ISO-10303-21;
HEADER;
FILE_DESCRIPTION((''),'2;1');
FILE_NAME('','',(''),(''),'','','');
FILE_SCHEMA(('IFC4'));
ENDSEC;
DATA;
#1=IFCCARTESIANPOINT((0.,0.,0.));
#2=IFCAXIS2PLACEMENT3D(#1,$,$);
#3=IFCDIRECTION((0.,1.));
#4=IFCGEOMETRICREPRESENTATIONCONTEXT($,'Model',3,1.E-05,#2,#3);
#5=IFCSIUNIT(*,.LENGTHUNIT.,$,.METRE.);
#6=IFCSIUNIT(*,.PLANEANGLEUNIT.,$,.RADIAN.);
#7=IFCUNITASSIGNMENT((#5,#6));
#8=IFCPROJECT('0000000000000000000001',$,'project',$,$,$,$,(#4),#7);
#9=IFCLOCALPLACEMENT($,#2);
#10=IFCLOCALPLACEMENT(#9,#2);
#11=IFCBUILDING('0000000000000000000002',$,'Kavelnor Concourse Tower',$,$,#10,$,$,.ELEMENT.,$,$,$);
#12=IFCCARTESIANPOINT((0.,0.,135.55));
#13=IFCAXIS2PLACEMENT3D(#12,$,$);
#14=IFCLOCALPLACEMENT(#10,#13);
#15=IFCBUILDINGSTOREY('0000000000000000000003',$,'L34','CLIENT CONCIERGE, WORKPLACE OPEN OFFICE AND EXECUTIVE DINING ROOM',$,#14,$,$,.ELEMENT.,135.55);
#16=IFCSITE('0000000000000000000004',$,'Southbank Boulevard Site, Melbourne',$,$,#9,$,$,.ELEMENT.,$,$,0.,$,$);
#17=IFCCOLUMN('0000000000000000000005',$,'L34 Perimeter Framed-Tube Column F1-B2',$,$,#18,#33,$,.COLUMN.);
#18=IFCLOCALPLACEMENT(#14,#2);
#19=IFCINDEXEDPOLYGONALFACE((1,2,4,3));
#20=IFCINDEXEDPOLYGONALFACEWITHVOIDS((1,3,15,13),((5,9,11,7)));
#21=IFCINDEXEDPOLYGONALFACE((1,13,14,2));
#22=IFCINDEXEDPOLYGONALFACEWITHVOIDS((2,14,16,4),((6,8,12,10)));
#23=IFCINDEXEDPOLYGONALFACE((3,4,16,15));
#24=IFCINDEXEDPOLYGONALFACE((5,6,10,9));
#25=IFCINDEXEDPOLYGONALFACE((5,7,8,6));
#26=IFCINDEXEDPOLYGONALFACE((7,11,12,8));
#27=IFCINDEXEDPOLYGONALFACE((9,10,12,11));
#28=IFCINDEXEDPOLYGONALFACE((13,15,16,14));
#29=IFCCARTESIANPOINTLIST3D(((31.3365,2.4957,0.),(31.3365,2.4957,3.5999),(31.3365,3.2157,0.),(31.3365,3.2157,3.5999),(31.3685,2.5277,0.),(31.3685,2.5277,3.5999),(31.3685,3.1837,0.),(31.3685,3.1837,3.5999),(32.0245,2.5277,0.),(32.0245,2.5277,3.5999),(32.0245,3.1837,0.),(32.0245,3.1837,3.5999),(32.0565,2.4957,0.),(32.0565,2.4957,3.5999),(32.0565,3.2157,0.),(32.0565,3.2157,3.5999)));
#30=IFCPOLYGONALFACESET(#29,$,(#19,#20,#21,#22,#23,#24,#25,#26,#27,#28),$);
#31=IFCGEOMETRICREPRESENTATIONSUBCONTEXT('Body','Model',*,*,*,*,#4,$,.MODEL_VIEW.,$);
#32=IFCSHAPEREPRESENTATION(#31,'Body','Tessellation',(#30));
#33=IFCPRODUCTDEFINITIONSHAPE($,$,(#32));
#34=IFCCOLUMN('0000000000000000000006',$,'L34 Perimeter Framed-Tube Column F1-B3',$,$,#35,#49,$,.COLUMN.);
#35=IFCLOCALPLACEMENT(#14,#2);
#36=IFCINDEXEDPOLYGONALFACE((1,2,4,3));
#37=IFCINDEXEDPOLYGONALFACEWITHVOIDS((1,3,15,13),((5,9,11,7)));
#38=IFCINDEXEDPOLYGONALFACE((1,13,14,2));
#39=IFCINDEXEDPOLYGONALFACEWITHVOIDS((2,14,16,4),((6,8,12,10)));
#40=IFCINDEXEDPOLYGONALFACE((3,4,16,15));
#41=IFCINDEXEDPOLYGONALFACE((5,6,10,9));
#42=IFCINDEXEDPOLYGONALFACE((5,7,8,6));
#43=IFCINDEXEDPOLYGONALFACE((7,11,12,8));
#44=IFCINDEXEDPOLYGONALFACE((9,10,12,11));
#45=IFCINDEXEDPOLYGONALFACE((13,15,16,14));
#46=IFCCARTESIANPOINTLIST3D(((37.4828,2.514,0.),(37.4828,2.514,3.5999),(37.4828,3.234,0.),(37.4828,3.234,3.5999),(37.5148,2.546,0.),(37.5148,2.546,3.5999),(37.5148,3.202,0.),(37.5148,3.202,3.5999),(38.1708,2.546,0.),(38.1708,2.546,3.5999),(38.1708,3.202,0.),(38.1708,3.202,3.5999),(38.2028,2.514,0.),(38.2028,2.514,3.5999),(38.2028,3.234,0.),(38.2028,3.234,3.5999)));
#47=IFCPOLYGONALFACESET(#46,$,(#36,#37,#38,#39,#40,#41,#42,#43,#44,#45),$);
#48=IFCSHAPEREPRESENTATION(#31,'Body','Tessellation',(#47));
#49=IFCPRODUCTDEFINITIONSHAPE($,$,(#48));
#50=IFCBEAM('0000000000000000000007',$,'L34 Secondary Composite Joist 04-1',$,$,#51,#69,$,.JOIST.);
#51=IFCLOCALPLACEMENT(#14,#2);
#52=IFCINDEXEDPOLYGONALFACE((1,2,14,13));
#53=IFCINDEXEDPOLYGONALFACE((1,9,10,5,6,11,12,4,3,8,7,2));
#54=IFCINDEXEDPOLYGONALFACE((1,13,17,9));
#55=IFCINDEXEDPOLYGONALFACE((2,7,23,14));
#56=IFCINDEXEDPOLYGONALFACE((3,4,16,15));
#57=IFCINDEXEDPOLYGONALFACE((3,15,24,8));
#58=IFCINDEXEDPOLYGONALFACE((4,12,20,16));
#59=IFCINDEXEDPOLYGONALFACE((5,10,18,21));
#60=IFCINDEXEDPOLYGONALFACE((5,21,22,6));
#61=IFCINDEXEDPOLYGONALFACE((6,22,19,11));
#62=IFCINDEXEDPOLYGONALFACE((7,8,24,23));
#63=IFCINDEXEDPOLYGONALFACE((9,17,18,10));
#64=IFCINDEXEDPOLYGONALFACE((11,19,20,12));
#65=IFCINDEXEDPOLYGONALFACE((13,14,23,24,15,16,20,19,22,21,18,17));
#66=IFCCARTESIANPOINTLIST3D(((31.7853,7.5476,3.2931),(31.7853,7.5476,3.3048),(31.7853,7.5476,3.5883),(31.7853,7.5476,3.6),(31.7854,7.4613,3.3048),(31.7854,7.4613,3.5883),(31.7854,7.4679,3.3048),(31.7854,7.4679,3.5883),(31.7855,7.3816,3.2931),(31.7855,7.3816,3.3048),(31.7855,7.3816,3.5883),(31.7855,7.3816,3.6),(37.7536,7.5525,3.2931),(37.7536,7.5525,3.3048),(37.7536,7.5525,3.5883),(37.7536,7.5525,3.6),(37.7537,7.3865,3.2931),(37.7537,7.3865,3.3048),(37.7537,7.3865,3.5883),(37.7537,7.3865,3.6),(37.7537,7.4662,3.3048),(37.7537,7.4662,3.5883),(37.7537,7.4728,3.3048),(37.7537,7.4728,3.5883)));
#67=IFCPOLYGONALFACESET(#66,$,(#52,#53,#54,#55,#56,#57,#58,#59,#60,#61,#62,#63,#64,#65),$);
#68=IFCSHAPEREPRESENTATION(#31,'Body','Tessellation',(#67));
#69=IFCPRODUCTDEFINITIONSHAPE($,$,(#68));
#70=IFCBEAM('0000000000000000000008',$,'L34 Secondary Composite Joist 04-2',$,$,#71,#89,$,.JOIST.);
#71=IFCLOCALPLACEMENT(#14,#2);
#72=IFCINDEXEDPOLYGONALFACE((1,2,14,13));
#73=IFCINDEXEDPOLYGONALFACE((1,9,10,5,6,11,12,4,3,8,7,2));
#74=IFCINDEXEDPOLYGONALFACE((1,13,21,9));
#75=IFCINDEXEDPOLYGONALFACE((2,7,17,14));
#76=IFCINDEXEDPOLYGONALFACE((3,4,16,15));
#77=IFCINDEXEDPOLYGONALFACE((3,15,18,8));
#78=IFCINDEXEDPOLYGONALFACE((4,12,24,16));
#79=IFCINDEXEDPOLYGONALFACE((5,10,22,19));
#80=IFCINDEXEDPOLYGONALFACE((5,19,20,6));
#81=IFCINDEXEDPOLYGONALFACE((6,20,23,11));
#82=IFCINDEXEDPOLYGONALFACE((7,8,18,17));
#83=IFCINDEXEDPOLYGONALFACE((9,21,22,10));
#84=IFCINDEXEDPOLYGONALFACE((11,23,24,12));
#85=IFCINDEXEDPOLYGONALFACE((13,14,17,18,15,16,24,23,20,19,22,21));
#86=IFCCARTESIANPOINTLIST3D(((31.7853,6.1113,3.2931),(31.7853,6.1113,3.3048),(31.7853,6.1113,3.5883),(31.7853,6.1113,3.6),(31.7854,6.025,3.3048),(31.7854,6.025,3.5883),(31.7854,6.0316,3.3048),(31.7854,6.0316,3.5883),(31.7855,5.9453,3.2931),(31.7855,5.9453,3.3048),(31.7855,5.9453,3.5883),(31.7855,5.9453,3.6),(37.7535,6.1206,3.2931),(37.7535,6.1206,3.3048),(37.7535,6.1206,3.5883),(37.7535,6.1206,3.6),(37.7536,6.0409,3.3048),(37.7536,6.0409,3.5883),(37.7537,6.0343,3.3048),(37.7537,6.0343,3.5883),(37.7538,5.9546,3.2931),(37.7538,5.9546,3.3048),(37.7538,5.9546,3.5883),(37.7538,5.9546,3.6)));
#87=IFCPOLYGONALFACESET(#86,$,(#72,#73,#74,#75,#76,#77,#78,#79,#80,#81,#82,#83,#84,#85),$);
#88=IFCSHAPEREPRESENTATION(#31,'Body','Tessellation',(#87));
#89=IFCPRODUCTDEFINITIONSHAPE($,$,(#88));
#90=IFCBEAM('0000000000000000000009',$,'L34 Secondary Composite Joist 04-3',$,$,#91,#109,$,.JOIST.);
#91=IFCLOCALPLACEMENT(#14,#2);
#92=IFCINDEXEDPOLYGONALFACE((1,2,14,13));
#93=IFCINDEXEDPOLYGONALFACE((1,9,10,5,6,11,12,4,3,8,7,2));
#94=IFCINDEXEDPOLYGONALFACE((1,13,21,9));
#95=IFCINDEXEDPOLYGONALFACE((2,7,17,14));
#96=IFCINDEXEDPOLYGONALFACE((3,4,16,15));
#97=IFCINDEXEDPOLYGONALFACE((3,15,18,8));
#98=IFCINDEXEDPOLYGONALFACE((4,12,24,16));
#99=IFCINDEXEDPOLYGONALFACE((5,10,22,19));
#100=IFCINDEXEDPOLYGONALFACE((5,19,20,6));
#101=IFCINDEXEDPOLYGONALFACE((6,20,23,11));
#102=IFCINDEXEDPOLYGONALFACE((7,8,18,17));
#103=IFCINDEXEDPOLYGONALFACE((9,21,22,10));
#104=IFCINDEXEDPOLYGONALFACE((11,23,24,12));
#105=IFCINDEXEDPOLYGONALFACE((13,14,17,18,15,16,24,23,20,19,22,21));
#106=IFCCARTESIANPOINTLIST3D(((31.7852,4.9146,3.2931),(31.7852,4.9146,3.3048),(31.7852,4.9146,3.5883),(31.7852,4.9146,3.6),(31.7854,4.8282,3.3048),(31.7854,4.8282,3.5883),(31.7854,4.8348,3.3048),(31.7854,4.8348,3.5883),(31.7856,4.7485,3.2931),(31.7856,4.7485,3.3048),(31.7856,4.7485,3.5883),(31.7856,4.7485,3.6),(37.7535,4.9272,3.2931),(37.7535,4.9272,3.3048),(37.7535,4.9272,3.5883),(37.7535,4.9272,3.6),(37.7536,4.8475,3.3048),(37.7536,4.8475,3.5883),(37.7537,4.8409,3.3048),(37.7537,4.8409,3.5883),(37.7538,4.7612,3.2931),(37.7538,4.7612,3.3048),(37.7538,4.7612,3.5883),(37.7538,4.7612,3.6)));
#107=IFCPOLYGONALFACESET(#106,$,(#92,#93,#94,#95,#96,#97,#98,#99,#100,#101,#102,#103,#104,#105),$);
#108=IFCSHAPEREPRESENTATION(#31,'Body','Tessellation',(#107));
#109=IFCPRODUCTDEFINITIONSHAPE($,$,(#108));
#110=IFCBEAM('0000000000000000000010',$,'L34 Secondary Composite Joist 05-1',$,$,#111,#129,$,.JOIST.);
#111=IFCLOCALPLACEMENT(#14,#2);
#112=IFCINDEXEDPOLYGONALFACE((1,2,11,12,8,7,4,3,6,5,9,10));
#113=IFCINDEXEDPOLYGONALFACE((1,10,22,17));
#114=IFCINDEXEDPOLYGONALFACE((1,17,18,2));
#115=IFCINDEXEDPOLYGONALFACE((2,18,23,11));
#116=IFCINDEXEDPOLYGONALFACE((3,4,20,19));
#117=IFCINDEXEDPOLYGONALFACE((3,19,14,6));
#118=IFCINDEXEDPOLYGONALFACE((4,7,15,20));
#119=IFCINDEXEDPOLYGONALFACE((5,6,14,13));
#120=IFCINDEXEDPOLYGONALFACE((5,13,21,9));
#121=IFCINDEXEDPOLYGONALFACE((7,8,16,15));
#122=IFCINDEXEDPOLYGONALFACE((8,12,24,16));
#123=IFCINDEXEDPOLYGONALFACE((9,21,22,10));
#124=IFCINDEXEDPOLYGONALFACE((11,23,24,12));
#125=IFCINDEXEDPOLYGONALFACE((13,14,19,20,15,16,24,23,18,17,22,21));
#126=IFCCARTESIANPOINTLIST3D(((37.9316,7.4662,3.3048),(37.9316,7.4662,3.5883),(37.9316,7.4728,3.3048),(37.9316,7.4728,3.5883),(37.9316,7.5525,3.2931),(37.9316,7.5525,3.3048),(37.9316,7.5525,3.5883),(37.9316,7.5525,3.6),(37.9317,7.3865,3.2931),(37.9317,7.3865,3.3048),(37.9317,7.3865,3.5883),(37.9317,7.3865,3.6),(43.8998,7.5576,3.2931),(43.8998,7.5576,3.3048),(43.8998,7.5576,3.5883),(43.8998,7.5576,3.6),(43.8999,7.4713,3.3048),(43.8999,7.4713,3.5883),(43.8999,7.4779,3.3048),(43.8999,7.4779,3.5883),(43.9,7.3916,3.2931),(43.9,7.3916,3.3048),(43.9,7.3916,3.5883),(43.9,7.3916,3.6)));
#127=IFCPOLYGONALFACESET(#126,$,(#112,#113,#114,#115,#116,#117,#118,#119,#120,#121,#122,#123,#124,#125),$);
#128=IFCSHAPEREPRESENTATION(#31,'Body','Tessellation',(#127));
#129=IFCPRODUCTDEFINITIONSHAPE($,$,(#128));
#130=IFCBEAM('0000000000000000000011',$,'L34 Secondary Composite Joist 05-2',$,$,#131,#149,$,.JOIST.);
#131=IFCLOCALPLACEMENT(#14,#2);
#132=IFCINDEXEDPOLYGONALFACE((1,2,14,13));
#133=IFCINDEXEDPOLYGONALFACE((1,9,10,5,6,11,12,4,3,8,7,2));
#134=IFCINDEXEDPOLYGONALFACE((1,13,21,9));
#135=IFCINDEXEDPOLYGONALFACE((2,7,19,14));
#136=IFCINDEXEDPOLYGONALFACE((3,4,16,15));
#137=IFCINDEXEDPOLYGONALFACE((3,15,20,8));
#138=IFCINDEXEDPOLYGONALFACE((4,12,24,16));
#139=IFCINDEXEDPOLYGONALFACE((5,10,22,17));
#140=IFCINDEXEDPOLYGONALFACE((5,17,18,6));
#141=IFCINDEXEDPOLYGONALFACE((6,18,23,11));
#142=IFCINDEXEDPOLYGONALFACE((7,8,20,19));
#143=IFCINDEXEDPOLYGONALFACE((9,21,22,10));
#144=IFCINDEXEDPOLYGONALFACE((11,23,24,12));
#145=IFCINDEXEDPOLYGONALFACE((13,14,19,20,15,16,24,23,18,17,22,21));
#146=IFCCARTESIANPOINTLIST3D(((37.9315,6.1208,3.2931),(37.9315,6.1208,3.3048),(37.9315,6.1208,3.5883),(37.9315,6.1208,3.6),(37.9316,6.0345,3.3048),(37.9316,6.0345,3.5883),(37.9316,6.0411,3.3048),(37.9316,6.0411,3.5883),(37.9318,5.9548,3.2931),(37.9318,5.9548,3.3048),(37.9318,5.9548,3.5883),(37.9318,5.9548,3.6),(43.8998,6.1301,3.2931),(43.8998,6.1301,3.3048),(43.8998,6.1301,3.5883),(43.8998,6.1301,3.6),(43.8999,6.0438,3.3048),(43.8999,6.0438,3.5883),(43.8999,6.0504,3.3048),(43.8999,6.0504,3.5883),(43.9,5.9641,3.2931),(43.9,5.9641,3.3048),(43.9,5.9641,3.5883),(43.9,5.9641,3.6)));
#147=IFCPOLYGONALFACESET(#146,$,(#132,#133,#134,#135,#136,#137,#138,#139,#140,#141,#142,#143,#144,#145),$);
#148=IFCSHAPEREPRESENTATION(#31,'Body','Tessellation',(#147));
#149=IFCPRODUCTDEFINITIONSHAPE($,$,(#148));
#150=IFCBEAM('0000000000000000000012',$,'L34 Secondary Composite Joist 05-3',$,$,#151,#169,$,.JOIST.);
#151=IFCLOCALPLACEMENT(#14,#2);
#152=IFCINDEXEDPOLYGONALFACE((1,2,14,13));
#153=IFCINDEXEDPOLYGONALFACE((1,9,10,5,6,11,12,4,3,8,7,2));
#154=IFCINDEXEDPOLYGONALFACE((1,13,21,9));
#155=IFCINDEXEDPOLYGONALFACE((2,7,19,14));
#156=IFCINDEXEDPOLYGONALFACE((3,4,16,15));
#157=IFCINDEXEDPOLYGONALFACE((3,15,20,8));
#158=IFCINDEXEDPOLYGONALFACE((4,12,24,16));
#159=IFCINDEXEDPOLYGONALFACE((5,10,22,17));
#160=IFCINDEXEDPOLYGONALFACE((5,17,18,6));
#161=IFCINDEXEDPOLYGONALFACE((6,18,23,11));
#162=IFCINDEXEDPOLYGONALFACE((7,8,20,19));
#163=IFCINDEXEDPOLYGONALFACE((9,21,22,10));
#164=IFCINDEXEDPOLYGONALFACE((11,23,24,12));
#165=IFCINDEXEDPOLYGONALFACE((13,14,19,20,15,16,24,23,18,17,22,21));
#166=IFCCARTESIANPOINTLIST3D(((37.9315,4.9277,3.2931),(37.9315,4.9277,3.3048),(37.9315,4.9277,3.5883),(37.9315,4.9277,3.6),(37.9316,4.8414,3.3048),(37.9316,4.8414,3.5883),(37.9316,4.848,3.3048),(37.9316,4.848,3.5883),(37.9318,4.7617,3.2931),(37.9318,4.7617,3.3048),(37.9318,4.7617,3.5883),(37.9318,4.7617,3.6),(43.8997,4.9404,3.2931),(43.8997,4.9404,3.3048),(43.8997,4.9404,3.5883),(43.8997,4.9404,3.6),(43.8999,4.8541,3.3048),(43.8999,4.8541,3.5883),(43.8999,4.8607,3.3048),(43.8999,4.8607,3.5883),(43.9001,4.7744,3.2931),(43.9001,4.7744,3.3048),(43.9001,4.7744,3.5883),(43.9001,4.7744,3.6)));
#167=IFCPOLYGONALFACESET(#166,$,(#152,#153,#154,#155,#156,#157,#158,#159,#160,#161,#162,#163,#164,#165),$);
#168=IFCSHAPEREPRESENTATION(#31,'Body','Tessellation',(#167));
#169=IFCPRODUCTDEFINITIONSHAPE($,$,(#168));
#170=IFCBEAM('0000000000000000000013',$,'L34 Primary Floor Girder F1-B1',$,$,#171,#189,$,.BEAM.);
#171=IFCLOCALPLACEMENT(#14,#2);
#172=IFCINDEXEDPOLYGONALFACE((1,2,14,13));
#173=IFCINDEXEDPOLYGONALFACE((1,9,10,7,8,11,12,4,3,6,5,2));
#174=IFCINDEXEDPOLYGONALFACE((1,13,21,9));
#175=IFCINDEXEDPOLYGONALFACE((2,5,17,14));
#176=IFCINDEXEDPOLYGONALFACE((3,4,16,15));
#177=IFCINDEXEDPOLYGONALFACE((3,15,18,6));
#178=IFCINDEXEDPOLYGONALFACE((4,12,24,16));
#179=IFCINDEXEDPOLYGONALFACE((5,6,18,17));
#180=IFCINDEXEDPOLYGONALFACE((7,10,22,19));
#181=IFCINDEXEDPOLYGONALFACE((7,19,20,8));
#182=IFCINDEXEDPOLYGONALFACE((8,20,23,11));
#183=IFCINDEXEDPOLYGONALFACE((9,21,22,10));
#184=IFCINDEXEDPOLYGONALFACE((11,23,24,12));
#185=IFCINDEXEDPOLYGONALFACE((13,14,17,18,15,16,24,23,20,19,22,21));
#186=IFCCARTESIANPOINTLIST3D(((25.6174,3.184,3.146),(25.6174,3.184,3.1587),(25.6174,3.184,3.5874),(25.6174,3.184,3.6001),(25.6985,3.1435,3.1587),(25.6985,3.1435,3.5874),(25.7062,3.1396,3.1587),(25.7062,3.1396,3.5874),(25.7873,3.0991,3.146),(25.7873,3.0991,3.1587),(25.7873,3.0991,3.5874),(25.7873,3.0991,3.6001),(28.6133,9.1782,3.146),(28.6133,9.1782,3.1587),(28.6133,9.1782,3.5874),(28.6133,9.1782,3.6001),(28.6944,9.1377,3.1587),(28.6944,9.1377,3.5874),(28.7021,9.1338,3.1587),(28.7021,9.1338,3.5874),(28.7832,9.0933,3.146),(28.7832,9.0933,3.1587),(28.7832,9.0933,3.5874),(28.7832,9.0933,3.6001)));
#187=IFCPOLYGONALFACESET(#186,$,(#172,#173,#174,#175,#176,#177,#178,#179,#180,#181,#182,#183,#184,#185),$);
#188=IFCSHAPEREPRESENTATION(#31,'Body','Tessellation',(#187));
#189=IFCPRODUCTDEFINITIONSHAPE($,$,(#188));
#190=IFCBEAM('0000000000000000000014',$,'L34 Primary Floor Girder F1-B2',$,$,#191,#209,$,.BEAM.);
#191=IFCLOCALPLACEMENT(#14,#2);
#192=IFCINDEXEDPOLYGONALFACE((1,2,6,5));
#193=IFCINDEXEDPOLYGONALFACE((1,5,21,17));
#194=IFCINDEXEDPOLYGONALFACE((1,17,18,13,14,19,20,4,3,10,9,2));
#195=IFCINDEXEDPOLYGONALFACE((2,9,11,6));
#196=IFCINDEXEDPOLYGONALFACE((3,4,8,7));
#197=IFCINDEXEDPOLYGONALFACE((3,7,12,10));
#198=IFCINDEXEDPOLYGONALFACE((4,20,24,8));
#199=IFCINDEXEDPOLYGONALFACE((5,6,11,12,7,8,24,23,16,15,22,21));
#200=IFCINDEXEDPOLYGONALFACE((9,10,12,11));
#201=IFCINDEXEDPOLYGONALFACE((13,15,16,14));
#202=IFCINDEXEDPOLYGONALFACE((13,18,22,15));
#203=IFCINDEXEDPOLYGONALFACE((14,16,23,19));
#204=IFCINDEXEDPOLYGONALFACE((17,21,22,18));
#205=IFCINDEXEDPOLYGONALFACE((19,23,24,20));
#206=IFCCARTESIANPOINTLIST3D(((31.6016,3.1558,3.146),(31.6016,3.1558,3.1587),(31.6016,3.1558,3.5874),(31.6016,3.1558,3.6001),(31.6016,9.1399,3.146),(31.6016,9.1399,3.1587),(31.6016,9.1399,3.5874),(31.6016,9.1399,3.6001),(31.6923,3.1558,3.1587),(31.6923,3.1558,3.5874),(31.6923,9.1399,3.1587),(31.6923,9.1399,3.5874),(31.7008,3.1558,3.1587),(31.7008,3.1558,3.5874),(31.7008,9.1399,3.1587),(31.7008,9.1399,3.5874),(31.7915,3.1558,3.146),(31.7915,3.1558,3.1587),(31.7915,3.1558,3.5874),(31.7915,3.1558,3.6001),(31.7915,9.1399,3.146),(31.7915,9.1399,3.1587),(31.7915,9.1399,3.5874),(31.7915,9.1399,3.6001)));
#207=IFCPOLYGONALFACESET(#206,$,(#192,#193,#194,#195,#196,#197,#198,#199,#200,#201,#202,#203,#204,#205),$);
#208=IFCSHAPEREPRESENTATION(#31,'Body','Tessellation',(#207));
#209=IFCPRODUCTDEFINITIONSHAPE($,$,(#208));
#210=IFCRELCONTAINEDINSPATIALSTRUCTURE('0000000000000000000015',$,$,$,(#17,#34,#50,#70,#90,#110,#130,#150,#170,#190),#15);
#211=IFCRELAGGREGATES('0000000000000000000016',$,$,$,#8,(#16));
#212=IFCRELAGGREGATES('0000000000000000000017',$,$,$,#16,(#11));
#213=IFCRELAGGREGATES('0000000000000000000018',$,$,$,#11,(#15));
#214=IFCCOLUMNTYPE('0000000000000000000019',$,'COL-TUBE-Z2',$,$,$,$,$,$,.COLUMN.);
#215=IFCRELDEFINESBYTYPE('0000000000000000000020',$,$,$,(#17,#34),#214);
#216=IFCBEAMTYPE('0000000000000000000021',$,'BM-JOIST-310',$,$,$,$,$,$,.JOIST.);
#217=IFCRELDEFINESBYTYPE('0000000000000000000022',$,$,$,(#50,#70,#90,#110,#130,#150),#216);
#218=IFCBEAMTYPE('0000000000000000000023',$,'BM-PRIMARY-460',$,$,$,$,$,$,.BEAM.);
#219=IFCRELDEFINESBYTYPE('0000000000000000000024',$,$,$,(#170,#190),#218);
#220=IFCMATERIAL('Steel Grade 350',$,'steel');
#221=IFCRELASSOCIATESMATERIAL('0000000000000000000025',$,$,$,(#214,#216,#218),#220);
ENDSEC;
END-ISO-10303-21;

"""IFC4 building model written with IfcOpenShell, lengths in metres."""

from ifc_helpers import new_model, si_unit, direction, frame, origin, origin_2d, place, context, subcontext, project, spatial, hollow_rectangle, i_section, extrude, material, material_profile, profile_set, type_object, element, save


model = new_model("IFC4")

# Units and contexts
model_context = context("Model", 3, precision=1e-05, world=origin(), true_north=direction((0.0, 1.0)))
body_context = subcontext(model_context, "Body", "Model", "MODEL_VIEW")
ifc_project = project(units=[si_unit("LENGTHUNIT", "METRE"), si_unit("PLANEANGLEUNIT", "RADIAN")], contexts=[model_context])

# Site, building, storey
site_placement = place(None, origin())
site = spatial("IfcSite", under=ifc_project, at=site_placement, Name="Southbank Boulevard Site, Melbourne", CompositionType="ELEMENT", RefElevation=0.0)
building_placement = place(site_placement, origin())
building = spatial("IfcBuilding", under=site, at=building_placement, Name="Kavelnor Concourse Tower", CompositionType="ELEMENT")
storey_placement = place(building_placement, frame((0.0, 0.0, 135.55)))
storey = spatial("IfcBuildingStorey", under=building, at=storey_placement, Name="L34", Description="CLIENT CONCIERGE, WORKPLACE OPEN OFFICE AND EXECUTIVE DINING ROOM", CompositionType="ELEMENT", Elevation=135.55)

# Columns
ifc_material_1 = material(Name="Steel Grade 350", Category="steel")
ifc_material_profile_1 = material_profile(ifc_material_1, hollow_rectangle(XDim=0.72, YDim=0.72, WallThickness=0.032, at=origin_2d()), Name="SHS 720x720x32")
ifc_profile_set_1 = profile_set([ifc_material_profile_1], Name="Steel Grade 350")
column_type = type_object("IfcColumnType", Name="COL-TUBE-Z2", PredefinedType="COLUMN", material=ifc_profile_set_1)
for number, where, z_axis, x_axis, name in (
    (1, (31.6965, 2.8557, 0.0), (0.0, 0.0, 1.0), (1.0, 0.0, 0.0), "L34 Perimeter Framed-Tube Column F1-B2"),
    (2, (37.8428, 2.874, 0.0), (0.0, 0.0, 1.0), (1.0, 0.0, 0.0), "L34 Perimeter Framed-Tube Column F1-B3"),
):
    element("IfcColumn", number, at=place(storey_placement, frame(where, z_axis=z_axis, x_axis=x_axis)), inside=storey, type_object=column_type, Name=name, PredefinedType="COLUMN", context=body_context, shape_type="SweptSolid", body=[
        extrude(hollow_rectangle(XDim=0.72, YDim=0.72, WallThickness=0.032, at=origin_2d()), origin(), (0.0, 0.0, 1.0), 3.5999),
    ])

# Beams
ifc_material_profile_2 = material_profile(ifc_material_1, i_section(OverallWidth=0.166, OverallDepth=0.3069, WebThickness=0.0066, FlangeThickness=0.0117, at=origin_2d()), Name="310UB46")
ifc_profile_set_2 = profile_set([ifc_material_profile_2], Name="Steel Grade 350")
beam_type_1 = type_object("IfcBeamType", Name="BM-JOIST-310", PredefinedType="JOIST", material=ifc_profile_set_2)
for number, where, z_axis, x_axis, name in (
    (3, (31.7854, 7.4646, 3.4465), (1.0, 0.000818, 0.0), (-0.000818, 1.0, 0.0), "L34 Secondary Composite Joist 04-1"),
    (4, (31.7854, 6.0283, 3.4465), (0.999999, 0.001554, 0.0), (-0.001554, 0.999999, 0.0), "L34 Secondary Composite Joist 04-2"),
    (5, (31.7854, 4.8315, 3.4465), (0.999998, 0.002127, 0.0), (-0.002127, 0.999998, 0.0), "L34 Secondary Composite Joist 04-3"),
    (6, (37.9316, 7.4695, 3.4465), (1.0, 0.000859, 0.0), (-0.000859, 1.0, 0.0), "L34 Secondary Composite Joist 05-1"),
    (7, (37.9316, 6.0378, 3.4465), (0.999999, 0.001554, 0.0), (-0.001554, 0.999999, 0.0), "L34 Secondary Composite Joist 05-2"),
    (8, (37.9316, 4.8447, 3.4465), (0.999998, 0.002127, 0.0), (-0.002127, 0.999998, 0.0), "L34 Secondary Composite Joist 05-3"),
):
    element("IfcBeam", number, at=place(storey_placement, frame(where, z_axis=z_axis, x_axis=x_axis)), inside=storey, type_object=beam_type_1, Name=name, PredefinedType="JOIST", context=body_context, shape_type="SweptSolid", body=[
        extrude(i_section(OverallWidth=0.166, OverallDepth=0.3069, WebThickness=0.0066, FlangeThickness=0.0117, at=origin_2d()), origin(), (0.0, 0.0, 1.0), 5.9683),
    ])
ifc_material_profile_3 = material_profile(ifc_material_1, i_section(OverallWidth=0.1899, OverallDepth=0.4541, WebThickness=0.0085, FlangeThickness=0.0127, at=origin_2d()), Name="460UB67")
ifc_profile_set_3 = profile_set([ifc_material_profile_3], Name="Steel Grade 350")
beam_type_2 = type_object("IfcBeamType", Name="BM-PRIMARY-460", PredefinedType="BEAM", material=ifc_profile_set_3)
beam_1_placement = place(storey_placement, frame((28.6982, 9.1357, 3.373), z_axis=(-0.447068, -0.8945, 0.0), x_axis=(0.8945, -0.447068, 0.0)))
element("IfcBeam", 9, at=beam_1_placement, inside=storey, type_object=beam_type_2, Name="L34 Primary Floor Girder F1-B1", PredefinedType="BEAM", context=body_context, shape_type="SweptSolid", body=[
    extrude(i_section(OverallWidth=0.1899, OverallDepth=0.4541, WebThickness=0.0085, FlangeThickness=0.0127, at=origin_2d()), origin(), (0.0, 0.0, 1.0), 6.7012),
])
beam_2_placement = place(storey_placement, frame((31.6965, 9.1399, 3.373), z_axis=(0.0, -1.0, 0.0), x_axis=(1.0, 0.0, 0.0)))
element("IfcBeam", 10, at=beam_2_placement, inside=storey, type_object=beam_type_2, Name="L34 Primary Floor Girder F1-B2", PredefinedType="BEAM", context=body_context, shape_type="SweptSolid", body=[
    extrude(i_section(OverallWidth=0.1899, OverallDepth=0.4541, WebThickness=0.0085, FlangeThickness=0.0127, at=origin_2d()), origin(), (0.0, 0.0, 1.0), 5.9841),
])

save(model, "model.ifc")
